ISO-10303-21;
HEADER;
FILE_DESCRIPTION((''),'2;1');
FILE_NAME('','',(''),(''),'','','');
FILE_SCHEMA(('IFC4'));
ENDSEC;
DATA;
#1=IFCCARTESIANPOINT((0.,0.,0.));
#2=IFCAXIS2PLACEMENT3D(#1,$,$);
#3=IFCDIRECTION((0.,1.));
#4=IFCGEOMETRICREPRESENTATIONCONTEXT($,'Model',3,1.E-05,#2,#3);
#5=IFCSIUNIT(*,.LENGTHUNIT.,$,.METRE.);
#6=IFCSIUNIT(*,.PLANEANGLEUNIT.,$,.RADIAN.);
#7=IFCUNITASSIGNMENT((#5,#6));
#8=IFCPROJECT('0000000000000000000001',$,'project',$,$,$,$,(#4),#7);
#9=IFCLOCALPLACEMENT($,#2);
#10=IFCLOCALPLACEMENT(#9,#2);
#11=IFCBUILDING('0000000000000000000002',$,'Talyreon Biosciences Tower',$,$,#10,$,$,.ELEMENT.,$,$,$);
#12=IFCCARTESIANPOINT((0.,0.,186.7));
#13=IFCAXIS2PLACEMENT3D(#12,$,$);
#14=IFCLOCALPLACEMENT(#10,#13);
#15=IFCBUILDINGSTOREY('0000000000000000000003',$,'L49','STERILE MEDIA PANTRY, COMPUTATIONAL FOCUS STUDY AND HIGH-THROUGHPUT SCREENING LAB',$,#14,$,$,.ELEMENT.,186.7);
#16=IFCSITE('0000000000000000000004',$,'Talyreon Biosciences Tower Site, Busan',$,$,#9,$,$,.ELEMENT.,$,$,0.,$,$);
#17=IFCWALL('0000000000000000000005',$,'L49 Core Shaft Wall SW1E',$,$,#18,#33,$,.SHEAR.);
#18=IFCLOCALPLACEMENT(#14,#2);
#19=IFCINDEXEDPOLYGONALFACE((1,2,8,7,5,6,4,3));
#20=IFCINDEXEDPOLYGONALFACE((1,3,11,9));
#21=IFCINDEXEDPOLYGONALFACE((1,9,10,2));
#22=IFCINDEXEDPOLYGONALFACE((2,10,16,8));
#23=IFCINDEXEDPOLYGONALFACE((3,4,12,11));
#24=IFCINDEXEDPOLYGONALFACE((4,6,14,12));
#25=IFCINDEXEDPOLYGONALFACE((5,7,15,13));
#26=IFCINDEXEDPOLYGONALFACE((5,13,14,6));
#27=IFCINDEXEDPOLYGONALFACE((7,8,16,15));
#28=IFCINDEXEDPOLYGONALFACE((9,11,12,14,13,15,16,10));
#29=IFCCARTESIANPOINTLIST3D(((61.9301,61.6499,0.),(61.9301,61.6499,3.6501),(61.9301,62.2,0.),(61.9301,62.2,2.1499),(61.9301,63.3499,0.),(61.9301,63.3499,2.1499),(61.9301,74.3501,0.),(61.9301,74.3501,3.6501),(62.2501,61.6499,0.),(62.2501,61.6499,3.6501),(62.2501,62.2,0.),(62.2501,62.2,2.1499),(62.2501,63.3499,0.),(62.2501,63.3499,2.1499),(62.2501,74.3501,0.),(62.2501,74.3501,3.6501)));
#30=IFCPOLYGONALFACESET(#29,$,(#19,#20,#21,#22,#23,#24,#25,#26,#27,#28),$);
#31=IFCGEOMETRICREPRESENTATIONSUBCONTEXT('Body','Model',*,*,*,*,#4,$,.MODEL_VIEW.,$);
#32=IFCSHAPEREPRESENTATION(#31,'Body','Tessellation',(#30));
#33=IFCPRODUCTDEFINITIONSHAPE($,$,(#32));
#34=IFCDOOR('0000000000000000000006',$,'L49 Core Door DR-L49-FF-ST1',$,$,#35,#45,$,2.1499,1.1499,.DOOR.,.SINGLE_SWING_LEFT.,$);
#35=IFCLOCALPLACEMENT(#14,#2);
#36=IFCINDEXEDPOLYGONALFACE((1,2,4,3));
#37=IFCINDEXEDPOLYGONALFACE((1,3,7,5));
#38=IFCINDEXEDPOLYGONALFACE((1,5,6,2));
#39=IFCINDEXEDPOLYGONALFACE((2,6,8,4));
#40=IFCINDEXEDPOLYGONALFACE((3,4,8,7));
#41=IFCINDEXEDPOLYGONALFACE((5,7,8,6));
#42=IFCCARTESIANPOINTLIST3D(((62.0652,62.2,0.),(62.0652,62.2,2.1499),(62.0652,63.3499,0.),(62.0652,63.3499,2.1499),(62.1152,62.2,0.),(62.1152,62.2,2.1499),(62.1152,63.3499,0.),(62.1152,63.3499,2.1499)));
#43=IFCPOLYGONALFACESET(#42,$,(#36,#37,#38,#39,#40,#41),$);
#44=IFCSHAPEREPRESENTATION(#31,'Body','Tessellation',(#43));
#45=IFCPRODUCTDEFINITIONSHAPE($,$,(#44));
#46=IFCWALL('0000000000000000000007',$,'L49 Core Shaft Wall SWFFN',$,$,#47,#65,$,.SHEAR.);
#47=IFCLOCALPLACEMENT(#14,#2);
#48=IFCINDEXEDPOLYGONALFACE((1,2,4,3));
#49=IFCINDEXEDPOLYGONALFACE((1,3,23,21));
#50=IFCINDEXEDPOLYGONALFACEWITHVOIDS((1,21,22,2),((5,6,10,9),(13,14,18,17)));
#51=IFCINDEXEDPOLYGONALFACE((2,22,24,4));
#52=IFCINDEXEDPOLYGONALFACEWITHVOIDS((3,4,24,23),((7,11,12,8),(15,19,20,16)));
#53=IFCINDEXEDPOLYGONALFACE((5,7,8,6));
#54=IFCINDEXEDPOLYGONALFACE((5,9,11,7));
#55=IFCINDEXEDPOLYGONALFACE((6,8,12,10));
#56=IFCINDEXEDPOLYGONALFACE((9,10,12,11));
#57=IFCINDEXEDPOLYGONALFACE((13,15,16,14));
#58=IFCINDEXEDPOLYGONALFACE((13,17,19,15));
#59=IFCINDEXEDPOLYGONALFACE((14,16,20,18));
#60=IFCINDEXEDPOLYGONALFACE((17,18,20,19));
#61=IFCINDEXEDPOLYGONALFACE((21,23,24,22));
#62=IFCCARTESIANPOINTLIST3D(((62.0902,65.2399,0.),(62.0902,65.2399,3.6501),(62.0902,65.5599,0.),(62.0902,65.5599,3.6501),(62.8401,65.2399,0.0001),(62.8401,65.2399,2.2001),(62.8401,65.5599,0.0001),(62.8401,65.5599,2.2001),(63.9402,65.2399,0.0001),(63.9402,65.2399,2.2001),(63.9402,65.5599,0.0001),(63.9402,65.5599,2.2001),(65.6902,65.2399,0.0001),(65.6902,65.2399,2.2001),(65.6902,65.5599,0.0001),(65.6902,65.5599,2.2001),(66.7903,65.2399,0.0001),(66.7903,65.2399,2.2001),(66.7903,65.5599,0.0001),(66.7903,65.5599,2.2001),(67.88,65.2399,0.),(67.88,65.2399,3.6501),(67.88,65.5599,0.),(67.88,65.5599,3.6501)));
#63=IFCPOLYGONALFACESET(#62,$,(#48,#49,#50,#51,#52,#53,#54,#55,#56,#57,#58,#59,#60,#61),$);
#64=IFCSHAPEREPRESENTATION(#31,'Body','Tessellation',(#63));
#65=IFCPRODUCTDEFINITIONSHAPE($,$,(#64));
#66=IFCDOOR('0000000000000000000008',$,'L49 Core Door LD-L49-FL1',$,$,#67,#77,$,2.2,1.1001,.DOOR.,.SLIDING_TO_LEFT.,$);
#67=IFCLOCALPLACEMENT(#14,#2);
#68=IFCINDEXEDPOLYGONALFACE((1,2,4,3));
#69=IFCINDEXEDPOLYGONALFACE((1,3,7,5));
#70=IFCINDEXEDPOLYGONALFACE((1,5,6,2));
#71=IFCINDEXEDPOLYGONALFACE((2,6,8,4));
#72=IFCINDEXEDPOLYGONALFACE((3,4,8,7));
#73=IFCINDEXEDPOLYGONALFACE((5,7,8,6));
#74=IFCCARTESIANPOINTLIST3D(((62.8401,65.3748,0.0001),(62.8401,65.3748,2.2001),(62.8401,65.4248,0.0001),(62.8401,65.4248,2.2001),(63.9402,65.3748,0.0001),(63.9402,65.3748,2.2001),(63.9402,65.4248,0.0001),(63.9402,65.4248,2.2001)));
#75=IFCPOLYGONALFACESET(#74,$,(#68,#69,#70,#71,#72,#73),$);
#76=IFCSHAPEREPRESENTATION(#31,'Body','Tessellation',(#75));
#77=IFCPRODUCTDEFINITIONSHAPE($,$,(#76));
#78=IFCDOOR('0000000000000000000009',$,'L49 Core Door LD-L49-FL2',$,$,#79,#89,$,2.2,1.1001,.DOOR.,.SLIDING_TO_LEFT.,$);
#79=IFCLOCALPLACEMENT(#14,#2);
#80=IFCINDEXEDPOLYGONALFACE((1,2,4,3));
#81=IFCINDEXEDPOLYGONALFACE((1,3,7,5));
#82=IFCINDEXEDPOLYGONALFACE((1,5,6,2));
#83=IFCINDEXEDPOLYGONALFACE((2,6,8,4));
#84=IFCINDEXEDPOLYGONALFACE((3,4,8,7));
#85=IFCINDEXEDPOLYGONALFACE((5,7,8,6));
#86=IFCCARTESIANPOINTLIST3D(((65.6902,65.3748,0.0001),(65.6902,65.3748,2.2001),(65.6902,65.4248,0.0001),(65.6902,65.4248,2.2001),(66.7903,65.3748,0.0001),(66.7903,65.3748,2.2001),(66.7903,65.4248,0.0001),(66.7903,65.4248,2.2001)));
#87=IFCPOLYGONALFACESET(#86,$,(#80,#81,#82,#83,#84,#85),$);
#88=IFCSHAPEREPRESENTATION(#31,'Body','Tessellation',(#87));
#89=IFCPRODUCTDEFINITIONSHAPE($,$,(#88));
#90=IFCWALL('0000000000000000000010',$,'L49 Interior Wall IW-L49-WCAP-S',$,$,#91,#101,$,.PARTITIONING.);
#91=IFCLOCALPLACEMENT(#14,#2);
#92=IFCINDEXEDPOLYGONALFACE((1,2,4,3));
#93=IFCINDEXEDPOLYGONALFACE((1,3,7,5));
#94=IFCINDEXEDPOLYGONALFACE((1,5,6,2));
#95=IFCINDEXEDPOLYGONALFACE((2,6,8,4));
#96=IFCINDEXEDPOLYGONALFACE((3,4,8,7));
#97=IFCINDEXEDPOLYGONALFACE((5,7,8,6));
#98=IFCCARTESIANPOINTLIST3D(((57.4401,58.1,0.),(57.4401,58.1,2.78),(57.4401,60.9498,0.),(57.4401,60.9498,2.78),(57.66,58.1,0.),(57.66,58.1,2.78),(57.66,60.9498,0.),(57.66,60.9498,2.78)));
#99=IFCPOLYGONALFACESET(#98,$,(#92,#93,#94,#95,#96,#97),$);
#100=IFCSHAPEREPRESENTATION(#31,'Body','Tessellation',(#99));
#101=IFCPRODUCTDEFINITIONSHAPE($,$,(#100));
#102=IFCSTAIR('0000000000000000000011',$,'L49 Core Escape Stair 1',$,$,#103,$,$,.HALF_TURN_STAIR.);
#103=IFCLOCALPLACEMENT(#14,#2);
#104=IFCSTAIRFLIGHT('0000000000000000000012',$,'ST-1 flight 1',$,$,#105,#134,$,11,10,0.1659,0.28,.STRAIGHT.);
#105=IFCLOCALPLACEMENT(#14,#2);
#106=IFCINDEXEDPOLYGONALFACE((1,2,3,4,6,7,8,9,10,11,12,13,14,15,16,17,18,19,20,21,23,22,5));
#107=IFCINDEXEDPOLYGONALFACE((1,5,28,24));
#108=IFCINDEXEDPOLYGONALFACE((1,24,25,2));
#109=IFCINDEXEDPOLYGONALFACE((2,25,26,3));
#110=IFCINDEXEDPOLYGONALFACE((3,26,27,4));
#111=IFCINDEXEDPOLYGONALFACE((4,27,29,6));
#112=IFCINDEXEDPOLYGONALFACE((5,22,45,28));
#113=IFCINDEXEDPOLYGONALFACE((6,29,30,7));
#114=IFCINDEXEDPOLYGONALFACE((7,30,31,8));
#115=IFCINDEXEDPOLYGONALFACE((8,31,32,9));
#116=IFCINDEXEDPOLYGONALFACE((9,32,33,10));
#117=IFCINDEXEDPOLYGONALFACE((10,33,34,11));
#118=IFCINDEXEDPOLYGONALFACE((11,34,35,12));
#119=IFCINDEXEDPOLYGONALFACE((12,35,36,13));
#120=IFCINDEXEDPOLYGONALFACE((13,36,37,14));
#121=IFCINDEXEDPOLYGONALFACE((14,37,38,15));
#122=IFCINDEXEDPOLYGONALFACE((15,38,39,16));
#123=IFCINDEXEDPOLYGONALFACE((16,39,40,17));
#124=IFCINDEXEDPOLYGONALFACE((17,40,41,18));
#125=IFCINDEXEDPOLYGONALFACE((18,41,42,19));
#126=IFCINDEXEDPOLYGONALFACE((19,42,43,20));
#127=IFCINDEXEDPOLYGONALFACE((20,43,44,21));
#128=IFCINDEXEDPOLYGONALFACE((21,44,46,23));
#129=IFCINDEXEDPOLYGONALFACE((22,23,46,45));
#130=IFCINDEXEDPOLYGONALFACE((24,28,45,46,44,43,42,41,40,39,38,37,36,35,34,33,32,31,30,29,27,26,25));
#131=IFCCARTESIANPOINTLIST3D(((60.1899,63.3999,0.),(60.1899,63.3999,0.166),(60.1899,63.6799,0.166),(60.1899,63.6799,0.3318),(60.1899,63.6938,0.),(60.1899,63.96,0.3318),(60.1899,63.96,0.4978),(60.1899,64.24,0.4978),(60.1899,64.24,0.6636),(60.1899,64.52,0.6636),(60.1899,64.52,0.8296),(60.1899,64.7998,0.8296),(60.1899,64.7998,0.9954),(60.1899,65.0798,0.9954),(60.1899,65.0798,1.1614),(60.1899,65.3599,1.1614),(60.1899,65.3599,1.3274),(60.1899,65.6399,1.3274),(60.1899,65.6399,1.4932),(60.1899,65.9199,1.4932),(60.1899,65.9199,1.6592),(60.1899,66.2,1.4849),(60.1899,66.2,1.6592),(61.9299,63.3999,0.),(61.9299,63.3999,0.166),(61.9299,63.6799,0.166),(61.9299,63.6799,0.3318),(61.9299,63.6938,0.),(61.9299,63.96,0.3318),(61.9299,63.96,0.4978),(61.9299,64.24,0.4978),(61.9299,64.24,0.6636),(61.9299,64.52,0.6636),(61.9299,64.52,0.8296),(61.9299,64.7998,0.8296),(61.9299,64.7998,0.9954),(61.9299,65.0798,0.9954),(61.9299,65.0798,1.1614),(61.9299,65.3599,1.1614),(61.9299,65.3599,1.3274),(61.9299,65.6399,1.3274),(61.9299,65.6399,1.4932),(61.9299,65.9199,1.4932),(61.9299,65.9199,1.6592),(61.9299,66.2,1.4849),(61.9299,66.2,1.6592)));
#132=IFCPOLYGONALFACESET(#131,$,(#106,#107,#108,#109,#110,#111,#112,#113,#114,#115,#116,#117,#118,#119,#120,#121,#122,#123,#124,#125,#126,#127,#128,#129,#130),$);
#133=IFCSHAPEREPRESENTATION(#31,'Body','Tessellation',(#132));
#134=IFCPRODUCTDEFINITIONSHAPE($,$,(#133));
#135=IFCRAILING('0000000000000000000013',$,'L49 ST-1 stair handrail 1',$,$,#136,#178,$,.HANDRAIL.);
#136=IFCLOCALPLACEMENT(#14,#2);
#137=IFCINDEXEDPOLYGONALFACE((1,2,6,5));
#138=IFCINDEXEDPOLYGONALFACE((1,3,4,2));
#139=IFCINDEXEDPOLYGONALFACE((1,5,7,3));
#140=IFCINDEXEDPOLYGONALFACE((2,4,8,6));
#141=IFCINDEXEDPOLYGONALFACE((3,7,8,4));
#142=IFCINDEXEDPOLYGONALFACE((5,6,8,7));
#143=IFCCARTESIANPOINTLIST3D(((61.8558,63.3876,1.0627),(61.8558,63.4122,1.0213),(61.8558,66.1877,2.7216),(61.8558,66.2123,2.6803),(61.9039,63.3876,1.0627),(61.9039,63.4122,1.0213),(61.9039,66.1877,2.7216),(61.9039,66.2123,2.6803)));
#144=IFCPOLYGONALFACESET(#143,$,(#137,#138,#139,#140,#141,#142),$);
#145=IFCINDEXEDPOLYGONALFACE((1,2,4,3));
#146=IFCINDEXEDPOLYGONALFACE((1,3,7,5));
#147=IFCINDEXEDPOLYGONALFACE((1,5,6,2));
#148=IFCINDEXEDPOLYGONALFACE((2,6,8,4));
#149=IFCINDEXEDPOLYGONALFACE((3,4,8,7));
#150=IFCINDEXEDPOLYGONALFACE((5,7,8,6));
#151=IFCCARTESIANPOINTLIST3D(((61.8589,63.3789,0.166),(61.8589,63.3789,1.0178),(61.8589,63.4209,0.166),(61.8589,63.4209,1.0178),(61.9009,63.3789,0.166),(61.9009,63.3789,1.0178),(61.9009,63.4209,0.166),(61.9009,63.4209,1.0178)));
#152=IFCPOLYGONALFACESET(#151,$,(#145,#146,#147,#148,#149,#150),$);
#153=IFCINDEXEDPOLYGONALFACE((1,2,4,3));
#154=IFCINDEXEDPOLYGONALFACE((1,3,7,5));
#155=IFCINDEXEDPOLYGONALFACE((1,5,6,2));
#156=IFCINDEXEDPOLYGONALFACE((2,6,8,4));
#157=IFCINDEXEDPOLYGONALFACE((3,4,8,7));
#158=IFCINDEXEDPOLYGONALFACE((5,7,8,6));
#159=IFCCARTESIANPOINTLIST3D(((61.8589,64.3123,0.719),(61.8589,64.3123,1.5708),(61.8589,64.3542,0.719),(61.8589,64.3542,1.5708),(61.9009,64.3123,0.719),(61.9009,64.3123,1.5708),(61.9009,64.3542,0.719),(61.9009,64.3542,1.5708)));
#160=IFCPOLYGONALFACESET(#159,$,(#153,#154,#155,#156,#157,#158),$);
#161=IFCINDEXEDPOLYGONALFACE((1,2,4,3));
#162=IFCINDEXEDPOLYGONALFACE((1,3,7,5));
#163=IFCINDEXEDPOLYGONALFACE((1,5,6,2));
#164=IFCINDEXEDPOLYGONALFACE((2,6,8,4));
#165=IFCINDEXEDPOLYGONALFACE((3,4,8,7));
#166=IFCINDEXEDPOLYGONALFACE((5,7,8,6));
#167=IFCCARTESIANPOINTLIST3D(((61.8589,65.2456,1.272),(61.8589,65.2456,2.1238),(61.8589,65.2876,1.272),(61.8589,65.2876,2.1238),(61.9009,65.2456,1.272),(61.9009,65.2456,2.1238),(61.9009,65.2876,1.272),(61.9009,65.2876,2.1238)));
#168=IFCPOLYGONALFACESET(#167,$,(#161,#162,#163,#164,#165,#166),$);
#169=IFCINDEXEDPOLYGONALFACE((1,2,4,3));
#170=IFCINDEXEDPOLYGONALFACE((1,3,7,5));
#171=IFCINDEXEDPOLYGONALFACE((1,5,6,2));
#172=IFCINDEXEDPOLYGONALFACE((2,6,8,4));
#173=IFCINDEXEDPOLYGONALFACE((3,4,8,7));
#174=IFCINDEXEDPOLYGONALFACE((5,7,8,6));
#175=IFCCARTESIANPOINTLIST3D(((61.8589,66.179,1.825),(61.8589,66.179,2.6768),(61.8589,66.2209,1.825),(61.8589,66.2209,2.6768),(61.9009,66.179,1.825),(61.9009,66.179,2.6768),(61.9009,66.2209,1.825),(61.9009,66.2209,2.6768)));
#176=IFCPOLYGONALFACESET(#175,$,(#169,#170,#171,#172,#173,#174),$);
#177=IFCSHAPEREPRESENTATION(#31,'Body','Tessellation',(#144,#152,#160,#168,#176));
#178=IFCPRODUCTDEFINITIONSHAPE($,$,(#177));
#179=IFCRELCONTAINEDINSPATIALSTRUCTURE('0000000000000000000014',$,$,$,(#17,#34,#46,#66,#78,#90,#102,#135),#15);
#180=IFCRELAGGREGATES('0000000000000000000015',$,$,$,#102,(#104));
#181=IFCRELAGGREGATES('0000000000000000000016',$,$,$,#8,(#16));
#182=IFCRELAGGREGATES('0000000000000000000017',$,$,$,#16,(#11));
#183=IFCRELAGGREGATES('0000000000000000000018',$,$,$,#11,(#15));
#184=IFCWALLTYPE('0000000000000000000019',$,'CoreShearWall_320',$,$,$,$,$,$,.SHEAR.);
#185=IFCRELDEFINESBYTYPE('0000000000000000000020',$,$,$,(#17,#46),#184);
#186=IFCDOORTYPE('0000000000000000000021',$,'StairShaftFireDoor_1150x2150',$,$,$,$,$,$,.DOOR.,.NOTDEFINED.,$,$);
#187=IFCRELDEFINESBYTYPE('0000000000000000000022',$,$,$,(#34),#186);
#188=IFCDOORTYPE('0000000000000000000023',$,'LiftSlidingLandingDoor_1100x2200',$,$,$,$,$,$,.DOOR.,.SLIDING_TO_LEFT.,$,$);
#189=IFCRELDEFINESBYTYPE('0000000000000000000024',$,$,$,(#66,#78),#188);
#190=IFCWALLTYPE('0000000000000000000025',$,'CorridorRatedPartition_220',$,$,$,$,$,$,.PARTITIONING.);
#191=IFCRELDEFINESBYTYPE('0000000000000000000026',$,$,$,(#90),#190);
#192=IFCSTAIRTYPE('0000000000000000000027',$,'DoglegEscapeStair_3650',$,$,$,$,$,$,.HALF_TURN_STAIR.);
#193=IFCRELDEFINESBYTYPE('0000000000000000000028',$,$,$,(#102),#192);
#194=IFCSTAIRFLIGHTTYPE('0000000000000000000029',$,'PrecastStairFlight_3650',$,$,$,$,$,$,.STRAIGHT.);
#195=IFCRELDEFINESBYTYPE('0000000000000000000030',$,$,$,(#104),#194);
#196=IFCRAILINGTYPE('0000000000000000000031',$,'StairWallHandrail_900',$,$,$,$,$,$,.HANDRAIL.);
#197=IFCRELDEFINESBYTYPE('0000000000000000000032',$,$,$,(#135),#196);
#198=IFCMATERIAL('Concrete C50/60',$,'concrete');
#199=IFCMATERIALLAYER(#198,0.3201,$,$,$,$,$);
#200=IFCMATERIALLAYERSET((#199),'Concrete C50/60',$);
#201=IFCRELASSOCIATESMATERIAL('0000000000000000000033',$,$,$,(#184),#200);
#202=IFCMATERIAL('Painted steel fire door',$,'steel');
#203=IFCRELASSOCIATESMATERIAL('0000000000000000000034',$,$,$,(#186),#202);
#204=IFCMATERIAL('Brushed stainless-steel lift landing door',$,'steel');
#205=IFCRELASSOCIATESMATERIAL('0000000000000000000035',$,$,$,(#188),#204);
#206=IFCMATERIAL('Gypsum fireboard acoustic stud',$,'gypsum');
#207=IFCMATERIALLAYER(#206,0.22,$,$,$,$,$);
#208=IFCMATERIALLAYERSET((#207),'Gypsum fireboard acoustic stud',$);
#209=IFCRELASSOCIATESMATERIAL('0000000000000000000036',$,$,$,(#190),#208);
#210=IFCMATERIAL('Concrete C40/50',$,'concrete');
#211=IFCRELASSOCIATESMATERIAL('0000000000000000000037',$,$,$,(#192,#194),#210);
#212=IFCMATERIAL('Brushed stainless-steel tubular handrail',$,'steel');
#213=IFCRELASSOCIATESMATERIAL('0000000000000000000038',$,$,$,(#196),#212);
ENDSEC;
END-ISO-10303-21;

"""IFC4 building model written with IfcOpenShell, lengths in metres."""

from ifc_helpers import new_model, si_unit, direction, frame, frame_2d, origin, origin_2d, place, context, subcontext, project, spatial, polyline, rectangle, outline, extrude, material, layer, layer_set, type_object, element, fill, aggregate, save


model = new_model("IFC4")

# Units and contexts
model_context = context("Model", 3, precision=1e-05, world=origin(), true_north=direction((0.0, 1.0)))
body_context = subcontext(model_context, "Body", "Model", "MODEL_VIEW")
ifc_project = project(units=[si_unit("LENGTHUNIT", "METRE"), si_unit("PLANEANGLEUNIT", "RADIAN")], contexts=[model_context])

# Site, building, storey
site_placement = place(None, origin())
site = spatial("IfcSite", under=ifc_project, at=site_placement, Name="Talyreon Biosciences Tower Site, Busan", CompositionType="ELEMENT", RefElevation=0.0)
building_placement = place(site_placement, origin())
building = spatial("IfcBuilding", under=site, at=building_placement, Name="Talyreon Biosciences Tower", CompositionType="ELEMENT")
storey_placement = place(building_placement, frame((0.0, 0.0, 186.7)))
storey = spatial("IfcBuildingStorey", under=building, at=storey_placement, Name="L49", Description="STERILE MEDIA PANTRY, COMPUTATIONAL FOCUS STUDY AND HIGH-THROUGHPUT SCREENING LAB", CompositionType="ELEMENT", Elevation=186.7)

# Shared definitions
ifc_material_1 = material(Name="Concrete C50/60", Category="concrete")

# Wall, opening, door
ifc_layer_1 = layer(ifc_material_1, 0.3201)
ifc_layer_set_1 = layer_set([ifc_layer_1], Name="Concrete C50/60")
wall_type_1 = type_object("IfcWallType", Name="CoreShearWall_320", PredefinedType="SHEAR", material=ifc_layer_set_1)
wall_1_placement = place(storey_placement, frame((62.0901, 61.6499, 0.0), z_axis=(0.0, 0.0, 1.0), x_axis=(0.0, 1.0, 0.0)))
wall_1 = element("IfcWall", 1, at=wall_1_placement, inside=storey, type_object=wall_type_1, Name="L49 Core Shaft Wall SW1E", PredefinedType="SHEAR", context=body_context, shape_type="SweptSolid", body=[
    extrude(rectangle(XDim=12.7002, YDim=0.3201, at=frame_2d((6.3501, 0.0))), origin(), (0.0, 0.0, 1.0), 3.6501),
])
opening_1_placement = place(wall_1_placement, frame((0.55, 0.0, 0.0)))
opening_1 = element("IfcOpeningElement", 2, at=opening_1_placement, cuts=wall_1, PredefinedType="OPENING", context=body_context, shape_type="SweptSolid", body=[
    extrude(rectangle(XDim=1.1499, YDim=2.1499, at=frame_2d((0.575, 1.075))), frame((0.0, 0.1699, 0.0), z_axis=(0.0, -1.0, 0.0), x_axis=(1.0, 0.0, 0.0)), (0.0, 0.0, 1.0), 0.3401),
])
ifc_material_2 = material(Name="Painted steel fire door", Category="steel")
door_type_1 = type_object("IfcDoorType", Name="StairShaftFireDoor_1150x2150", OperationType="NOTDEFINED", PredefinedType="DOOR", material=ifc_material_2)
door_1_placement = place(opening_1_placement, origin())
door_1 = element("IfcDoor", 3, at=door_1_placement, inside=storey, type_object=door_type_1, Name="L49 Core Door DR-L49-FF-ST1", OperationType="SINGLE_SWING_LEFT", OverallHeight=2.1499, OverallWidth=1.1499, PredefinedType="DOOR", context=body_context, shape_type="SweptSolid", body=[
    extrude(rectangle(XDim=1.1499, YDim=2.1499, at=frame_2d((0.575, 1.075))), frame((0.0, 0.0249, 0.0), z_axis=(0.0, -1.0, 0.0), x_axis=(1.0, 0.0, 0.0)), (0.0, 0.0, 1.0), 0.05),
])
fill(opening_1, door_1)

# Wall, openings, doors
wall_2_placement = place(storey_placement, frame((62.0901, 65.3999, 0.0), z_axis=(0.0, 0.0, 1.0), x_axis=(1.0, 0.0, 0.0)))
wall_2 = element("IfcWall", 4, at=wall_2_placement, inside=storey, type_object=wall_type_1, Name="L49 Core Shaft Wall SWFFN", PredefinedType="SHEAR", context=body_context, shape_type="SweptSolid", body=[
    extrude(rectangle(XDim=5.7898, YDim=0.3201, at=frame_2d((2.895, 0.0))), origin(), (0.0, 0.0, 1.0), 3.6501),
])
opening_2_placement = place(wall_2_placement, frame((0.75, 0.0, 0.0)))
opening_2 = element("IfcOpeningElement", 5, at=opening_2_placement, cuts=wall_2, PredefinedType="OPENING", context=body_context, shape_type="SweptSolid", body=[
    extrude(rectangle(XDim=1.1001, YDim=2.2, at=frame_2d((0.55, 1.1001))), frame((0.0, 0.1699, 0.0), z_axis=(0.0, -1.0, 0.0), x_axis=(1.0, 0.0, 0.0)), (0.0, 0.0, 1.0), 0.3401),
])
opening_3_placement = place(wall_2_placement, frame((3.6001, 0.0, 0.0)))
opening_3 = element("IfcOpeningElement", 6, at=opening_3_placement, cuts=wall_2, PredefinedType="OPENING", context=body_context, shape_type="SweptSolid", body=[
    extrude(rectangle(XDim=1.1001, YDim=2.2, at=frame_2d((0.55, 1.1001))), frame((0.0, 0.1699, 0.0), z_axis=(0.0, -1.0, 0.0), x_axis=(1.0, 0.0, 0.0)), (0.0, 0.0, 1.0), 0.3401),
])
ifc_material_3 = material(Name="Brushed stainless-steel lift landing door", Category="steel")
door_type_2 = type_object("IfcDoorType", Name="LiftSlidingLandingDoor_1100x2200", OperationType="SLIDING_TO_LEFT", PredefinedType="DOOR", material=ifc_material_3)
door_2_placement = place(opening_2_placement, origin())
door_2 = element("IfcDoor", 7, at=door_2_placement, inside=storey, type_object=door_type_2, Name="L49 Core Door LD-L49-FL1", OperationType="SLIDING_TO_LEFT", OverallHeight=2.2, OverallWidth=1.1001, PredefinedType="DOOR", context=body_context, shape_type="SweptSolid", body=[
    extrude(rectangle(XDim=1.1001, YDim=2.2, at=frame_2d((0.55, 1.1001))), frame((0.0, 0.0249, 0.0), z_axis=(0.0, -1.0, 0.0), x_axis=(1.0, 0.0, 0.0)), (0.0, 0.0, 1.0), 0.05),
])
fill(opening_2, door_2)
door_3_placement = place(opening_3_placement, origin())
door_3 = element("IfcDoor", 8, at=door_3_placement, inside=storey, type_object=door_type_2, Name="L49 Core Door LD-L49-FL2", OperationType="SLIDING_TO_LEFT", OverallHeight=2.2, OverallWidth=1.1001, PredefinedType="DOOR", context=body_context, shape_type="SweptSolid", body=[
    extrude(rectangle(XDim=1.1001, YDim=2.2, at=frame_2d((0.55, 1.1001))), frame((0.0, 0.0249, 0.0), z_axis=(0.0, -1.0, 0.0), x_axis=(1.0, 0.0, 0.0)), (0.0, 0.0, 1.0), 0.05),
])
fill(opening_3, door_3)

# Wall
ifc_material_4 = material(Name="Gypsum fireboard acoustic stud", Category="gypsum")
ifc_layer_2 = layer(ifc_material_4, 0.22)
ifc_layer_set_2 = layer_set([ifc_layer_2], Name="Gypsum fireboard acoustic stud")
wall_type_2 = type_object("IfcWallType", Name="CorridorRatedPartition_220", PredefinedType="PARTITIONING", material=ifc_layer_set_2)
wall_3_placement = place(storey_placement, frame((57.55, 58.1001, 0.0), z_axis=(0.0, 0.0, 1.0), x_axis=(0.0, 1.0, 0.0)))
element("IfcWall", 9, at=wall_3_placement, inside=storey, type_object=wall_type_2, Name="L49 Interior Wall IW-L49-WCAP-S", PredefinedType="PARTITIONING", context=body_context, shape_type="SweptSolid", body=[
    extrude(rectangle(XDim=2.8499, YDim=0.22, at=frame_2d((1.4248, 0.0))), origin(), (0.0, 0.0, 1.0), 2.78),
])

# Stair, stair flight
ifc_material_5 = material(Name="Concrete C40/50", Category="concrete")
stair_type = type_object("IfcStairType", Name="DoglegEscapeStair_3650", PredefinedType="HALF_TURN_STAIR", material=ifc_material_5)
stair_placement = place(storey_placement, origin())
stair = element("IfcStair", 10, at=stair_placement, inside=storey, type_object=stair_type, Name="L49 Core Escape Stair 1", PredefinedType="HALF_TURN_STAIR")
stair_flight_type = type_object("IfcStairFlightType", Name="PrecastStairFlight_3650", PredefinedType="STRAIGHT", material=ifc_material_5)
stair_flight_placement = place(storey_placement, frame((61.0601, 63.3999, 0.0), z_axis=(0.0, 0.0, 1.0), x_axis=(0.0, 1.0, 0.0)))
stair_flight = element("IfcStairFlight", 11, at=stair_flight_placement, type_object=stair_flight_type, Name="ST-1 flight 1", NumberOfRisers=11, NumberOfTreads=10, PredefinedType="STRAIGHT", RiserHeight=0.1659, TreadLength=0.28, context=body_context, shape_type="SweptSolid", body=[
    extrude(outline(polyline([(0.0, 0.0), (0.0, 0.166), (0.28, 0.166), (0.28, 0.3318), (0.5601, 0.3318), (0.5601, 0.4978), (0.8401, 0.4978), (0.8401, 0.6636), (1.1201, 0.6636), (1.1201, 0.8296), (1.3999, 0.8296), (1.3999, 0.9954), (1.6799, 0.9954), (1.6799, 1.1614), (1.96, 1.1614), (1.96, 1.3274), (2.24, 1.3274), (2.24, 1.4932), (2.52, 1.4932), (2.52, 1.6592), (2.8, 1.6592), (2.8, 1.825), (2.8, 1.4849), (0.2939, 0.0), (0.0, 0.0)])), frame((0.0, 0.8701, 0.0), z_axis=(0.0, -1.0, 0.0), x_axis=(1.0, 0.0, 0.0)), (0.0, 0.0, 1.0), 1.74),
])
aggregate(stair, [stair_flight])

# Railing
ifc_material_6 = material(Name="Brushed stainless-steel tubular handrail", Category="steel")
railing_type_1 = type_object("IfcRailingType", Name="StairWallHandrail_900", PredefinedType="HANDRAIL", material=ifc_material_6)
railing_1_placement = place(storey_placement, frame((61.8799, 63.3999, 0.166)))
element("IfcRailing", 12, at=railing_1_placement, inside=storey, type_object=railing_type_1, Name="L49 ST-1 stair handrail 1", PredefinedType="HANDRAIL", context=body_context, shape_type="SweptSolid", body=[
    extrude(rectangle(XDim=0.0481, YDim=0.0481, at=origin_2d()), frame((0.0, 0.0, 0.876), z_axis=(0.0, 0.860339, 0.509722), x_axis=(-1.0, 0.0, 0.0)), (0.0, 0.0, 1.0), 3.2546),
    extrude(rectangle(XDim=0.042, YDim=0.042, at=origin_2d()), origin(), (0.0, 0.0, 1.0), 0.8518),
    extrude(rectangle(XDim=0.042, YDim=0.042, at=origin_2d()), frame((0.0, 0.9333, 0.553)), (0.0, 0.0, 1.0), 0.8518),
    extrude(rectangle(XDim=0.042, YDim=0.042, at=origin_2d()), frame((0.0, 1.8667, 1.106)), (0.0, 0.0, 1.0), 0.8518),
    extrude(rectangle(XDim=0.042, YDim=0.042, at=origin_2d()), frame((0.0, 2.8, 1.6589)), (0.0, 0.0, 1.0), 0.8518),
])

save(model, "model.ifc")
